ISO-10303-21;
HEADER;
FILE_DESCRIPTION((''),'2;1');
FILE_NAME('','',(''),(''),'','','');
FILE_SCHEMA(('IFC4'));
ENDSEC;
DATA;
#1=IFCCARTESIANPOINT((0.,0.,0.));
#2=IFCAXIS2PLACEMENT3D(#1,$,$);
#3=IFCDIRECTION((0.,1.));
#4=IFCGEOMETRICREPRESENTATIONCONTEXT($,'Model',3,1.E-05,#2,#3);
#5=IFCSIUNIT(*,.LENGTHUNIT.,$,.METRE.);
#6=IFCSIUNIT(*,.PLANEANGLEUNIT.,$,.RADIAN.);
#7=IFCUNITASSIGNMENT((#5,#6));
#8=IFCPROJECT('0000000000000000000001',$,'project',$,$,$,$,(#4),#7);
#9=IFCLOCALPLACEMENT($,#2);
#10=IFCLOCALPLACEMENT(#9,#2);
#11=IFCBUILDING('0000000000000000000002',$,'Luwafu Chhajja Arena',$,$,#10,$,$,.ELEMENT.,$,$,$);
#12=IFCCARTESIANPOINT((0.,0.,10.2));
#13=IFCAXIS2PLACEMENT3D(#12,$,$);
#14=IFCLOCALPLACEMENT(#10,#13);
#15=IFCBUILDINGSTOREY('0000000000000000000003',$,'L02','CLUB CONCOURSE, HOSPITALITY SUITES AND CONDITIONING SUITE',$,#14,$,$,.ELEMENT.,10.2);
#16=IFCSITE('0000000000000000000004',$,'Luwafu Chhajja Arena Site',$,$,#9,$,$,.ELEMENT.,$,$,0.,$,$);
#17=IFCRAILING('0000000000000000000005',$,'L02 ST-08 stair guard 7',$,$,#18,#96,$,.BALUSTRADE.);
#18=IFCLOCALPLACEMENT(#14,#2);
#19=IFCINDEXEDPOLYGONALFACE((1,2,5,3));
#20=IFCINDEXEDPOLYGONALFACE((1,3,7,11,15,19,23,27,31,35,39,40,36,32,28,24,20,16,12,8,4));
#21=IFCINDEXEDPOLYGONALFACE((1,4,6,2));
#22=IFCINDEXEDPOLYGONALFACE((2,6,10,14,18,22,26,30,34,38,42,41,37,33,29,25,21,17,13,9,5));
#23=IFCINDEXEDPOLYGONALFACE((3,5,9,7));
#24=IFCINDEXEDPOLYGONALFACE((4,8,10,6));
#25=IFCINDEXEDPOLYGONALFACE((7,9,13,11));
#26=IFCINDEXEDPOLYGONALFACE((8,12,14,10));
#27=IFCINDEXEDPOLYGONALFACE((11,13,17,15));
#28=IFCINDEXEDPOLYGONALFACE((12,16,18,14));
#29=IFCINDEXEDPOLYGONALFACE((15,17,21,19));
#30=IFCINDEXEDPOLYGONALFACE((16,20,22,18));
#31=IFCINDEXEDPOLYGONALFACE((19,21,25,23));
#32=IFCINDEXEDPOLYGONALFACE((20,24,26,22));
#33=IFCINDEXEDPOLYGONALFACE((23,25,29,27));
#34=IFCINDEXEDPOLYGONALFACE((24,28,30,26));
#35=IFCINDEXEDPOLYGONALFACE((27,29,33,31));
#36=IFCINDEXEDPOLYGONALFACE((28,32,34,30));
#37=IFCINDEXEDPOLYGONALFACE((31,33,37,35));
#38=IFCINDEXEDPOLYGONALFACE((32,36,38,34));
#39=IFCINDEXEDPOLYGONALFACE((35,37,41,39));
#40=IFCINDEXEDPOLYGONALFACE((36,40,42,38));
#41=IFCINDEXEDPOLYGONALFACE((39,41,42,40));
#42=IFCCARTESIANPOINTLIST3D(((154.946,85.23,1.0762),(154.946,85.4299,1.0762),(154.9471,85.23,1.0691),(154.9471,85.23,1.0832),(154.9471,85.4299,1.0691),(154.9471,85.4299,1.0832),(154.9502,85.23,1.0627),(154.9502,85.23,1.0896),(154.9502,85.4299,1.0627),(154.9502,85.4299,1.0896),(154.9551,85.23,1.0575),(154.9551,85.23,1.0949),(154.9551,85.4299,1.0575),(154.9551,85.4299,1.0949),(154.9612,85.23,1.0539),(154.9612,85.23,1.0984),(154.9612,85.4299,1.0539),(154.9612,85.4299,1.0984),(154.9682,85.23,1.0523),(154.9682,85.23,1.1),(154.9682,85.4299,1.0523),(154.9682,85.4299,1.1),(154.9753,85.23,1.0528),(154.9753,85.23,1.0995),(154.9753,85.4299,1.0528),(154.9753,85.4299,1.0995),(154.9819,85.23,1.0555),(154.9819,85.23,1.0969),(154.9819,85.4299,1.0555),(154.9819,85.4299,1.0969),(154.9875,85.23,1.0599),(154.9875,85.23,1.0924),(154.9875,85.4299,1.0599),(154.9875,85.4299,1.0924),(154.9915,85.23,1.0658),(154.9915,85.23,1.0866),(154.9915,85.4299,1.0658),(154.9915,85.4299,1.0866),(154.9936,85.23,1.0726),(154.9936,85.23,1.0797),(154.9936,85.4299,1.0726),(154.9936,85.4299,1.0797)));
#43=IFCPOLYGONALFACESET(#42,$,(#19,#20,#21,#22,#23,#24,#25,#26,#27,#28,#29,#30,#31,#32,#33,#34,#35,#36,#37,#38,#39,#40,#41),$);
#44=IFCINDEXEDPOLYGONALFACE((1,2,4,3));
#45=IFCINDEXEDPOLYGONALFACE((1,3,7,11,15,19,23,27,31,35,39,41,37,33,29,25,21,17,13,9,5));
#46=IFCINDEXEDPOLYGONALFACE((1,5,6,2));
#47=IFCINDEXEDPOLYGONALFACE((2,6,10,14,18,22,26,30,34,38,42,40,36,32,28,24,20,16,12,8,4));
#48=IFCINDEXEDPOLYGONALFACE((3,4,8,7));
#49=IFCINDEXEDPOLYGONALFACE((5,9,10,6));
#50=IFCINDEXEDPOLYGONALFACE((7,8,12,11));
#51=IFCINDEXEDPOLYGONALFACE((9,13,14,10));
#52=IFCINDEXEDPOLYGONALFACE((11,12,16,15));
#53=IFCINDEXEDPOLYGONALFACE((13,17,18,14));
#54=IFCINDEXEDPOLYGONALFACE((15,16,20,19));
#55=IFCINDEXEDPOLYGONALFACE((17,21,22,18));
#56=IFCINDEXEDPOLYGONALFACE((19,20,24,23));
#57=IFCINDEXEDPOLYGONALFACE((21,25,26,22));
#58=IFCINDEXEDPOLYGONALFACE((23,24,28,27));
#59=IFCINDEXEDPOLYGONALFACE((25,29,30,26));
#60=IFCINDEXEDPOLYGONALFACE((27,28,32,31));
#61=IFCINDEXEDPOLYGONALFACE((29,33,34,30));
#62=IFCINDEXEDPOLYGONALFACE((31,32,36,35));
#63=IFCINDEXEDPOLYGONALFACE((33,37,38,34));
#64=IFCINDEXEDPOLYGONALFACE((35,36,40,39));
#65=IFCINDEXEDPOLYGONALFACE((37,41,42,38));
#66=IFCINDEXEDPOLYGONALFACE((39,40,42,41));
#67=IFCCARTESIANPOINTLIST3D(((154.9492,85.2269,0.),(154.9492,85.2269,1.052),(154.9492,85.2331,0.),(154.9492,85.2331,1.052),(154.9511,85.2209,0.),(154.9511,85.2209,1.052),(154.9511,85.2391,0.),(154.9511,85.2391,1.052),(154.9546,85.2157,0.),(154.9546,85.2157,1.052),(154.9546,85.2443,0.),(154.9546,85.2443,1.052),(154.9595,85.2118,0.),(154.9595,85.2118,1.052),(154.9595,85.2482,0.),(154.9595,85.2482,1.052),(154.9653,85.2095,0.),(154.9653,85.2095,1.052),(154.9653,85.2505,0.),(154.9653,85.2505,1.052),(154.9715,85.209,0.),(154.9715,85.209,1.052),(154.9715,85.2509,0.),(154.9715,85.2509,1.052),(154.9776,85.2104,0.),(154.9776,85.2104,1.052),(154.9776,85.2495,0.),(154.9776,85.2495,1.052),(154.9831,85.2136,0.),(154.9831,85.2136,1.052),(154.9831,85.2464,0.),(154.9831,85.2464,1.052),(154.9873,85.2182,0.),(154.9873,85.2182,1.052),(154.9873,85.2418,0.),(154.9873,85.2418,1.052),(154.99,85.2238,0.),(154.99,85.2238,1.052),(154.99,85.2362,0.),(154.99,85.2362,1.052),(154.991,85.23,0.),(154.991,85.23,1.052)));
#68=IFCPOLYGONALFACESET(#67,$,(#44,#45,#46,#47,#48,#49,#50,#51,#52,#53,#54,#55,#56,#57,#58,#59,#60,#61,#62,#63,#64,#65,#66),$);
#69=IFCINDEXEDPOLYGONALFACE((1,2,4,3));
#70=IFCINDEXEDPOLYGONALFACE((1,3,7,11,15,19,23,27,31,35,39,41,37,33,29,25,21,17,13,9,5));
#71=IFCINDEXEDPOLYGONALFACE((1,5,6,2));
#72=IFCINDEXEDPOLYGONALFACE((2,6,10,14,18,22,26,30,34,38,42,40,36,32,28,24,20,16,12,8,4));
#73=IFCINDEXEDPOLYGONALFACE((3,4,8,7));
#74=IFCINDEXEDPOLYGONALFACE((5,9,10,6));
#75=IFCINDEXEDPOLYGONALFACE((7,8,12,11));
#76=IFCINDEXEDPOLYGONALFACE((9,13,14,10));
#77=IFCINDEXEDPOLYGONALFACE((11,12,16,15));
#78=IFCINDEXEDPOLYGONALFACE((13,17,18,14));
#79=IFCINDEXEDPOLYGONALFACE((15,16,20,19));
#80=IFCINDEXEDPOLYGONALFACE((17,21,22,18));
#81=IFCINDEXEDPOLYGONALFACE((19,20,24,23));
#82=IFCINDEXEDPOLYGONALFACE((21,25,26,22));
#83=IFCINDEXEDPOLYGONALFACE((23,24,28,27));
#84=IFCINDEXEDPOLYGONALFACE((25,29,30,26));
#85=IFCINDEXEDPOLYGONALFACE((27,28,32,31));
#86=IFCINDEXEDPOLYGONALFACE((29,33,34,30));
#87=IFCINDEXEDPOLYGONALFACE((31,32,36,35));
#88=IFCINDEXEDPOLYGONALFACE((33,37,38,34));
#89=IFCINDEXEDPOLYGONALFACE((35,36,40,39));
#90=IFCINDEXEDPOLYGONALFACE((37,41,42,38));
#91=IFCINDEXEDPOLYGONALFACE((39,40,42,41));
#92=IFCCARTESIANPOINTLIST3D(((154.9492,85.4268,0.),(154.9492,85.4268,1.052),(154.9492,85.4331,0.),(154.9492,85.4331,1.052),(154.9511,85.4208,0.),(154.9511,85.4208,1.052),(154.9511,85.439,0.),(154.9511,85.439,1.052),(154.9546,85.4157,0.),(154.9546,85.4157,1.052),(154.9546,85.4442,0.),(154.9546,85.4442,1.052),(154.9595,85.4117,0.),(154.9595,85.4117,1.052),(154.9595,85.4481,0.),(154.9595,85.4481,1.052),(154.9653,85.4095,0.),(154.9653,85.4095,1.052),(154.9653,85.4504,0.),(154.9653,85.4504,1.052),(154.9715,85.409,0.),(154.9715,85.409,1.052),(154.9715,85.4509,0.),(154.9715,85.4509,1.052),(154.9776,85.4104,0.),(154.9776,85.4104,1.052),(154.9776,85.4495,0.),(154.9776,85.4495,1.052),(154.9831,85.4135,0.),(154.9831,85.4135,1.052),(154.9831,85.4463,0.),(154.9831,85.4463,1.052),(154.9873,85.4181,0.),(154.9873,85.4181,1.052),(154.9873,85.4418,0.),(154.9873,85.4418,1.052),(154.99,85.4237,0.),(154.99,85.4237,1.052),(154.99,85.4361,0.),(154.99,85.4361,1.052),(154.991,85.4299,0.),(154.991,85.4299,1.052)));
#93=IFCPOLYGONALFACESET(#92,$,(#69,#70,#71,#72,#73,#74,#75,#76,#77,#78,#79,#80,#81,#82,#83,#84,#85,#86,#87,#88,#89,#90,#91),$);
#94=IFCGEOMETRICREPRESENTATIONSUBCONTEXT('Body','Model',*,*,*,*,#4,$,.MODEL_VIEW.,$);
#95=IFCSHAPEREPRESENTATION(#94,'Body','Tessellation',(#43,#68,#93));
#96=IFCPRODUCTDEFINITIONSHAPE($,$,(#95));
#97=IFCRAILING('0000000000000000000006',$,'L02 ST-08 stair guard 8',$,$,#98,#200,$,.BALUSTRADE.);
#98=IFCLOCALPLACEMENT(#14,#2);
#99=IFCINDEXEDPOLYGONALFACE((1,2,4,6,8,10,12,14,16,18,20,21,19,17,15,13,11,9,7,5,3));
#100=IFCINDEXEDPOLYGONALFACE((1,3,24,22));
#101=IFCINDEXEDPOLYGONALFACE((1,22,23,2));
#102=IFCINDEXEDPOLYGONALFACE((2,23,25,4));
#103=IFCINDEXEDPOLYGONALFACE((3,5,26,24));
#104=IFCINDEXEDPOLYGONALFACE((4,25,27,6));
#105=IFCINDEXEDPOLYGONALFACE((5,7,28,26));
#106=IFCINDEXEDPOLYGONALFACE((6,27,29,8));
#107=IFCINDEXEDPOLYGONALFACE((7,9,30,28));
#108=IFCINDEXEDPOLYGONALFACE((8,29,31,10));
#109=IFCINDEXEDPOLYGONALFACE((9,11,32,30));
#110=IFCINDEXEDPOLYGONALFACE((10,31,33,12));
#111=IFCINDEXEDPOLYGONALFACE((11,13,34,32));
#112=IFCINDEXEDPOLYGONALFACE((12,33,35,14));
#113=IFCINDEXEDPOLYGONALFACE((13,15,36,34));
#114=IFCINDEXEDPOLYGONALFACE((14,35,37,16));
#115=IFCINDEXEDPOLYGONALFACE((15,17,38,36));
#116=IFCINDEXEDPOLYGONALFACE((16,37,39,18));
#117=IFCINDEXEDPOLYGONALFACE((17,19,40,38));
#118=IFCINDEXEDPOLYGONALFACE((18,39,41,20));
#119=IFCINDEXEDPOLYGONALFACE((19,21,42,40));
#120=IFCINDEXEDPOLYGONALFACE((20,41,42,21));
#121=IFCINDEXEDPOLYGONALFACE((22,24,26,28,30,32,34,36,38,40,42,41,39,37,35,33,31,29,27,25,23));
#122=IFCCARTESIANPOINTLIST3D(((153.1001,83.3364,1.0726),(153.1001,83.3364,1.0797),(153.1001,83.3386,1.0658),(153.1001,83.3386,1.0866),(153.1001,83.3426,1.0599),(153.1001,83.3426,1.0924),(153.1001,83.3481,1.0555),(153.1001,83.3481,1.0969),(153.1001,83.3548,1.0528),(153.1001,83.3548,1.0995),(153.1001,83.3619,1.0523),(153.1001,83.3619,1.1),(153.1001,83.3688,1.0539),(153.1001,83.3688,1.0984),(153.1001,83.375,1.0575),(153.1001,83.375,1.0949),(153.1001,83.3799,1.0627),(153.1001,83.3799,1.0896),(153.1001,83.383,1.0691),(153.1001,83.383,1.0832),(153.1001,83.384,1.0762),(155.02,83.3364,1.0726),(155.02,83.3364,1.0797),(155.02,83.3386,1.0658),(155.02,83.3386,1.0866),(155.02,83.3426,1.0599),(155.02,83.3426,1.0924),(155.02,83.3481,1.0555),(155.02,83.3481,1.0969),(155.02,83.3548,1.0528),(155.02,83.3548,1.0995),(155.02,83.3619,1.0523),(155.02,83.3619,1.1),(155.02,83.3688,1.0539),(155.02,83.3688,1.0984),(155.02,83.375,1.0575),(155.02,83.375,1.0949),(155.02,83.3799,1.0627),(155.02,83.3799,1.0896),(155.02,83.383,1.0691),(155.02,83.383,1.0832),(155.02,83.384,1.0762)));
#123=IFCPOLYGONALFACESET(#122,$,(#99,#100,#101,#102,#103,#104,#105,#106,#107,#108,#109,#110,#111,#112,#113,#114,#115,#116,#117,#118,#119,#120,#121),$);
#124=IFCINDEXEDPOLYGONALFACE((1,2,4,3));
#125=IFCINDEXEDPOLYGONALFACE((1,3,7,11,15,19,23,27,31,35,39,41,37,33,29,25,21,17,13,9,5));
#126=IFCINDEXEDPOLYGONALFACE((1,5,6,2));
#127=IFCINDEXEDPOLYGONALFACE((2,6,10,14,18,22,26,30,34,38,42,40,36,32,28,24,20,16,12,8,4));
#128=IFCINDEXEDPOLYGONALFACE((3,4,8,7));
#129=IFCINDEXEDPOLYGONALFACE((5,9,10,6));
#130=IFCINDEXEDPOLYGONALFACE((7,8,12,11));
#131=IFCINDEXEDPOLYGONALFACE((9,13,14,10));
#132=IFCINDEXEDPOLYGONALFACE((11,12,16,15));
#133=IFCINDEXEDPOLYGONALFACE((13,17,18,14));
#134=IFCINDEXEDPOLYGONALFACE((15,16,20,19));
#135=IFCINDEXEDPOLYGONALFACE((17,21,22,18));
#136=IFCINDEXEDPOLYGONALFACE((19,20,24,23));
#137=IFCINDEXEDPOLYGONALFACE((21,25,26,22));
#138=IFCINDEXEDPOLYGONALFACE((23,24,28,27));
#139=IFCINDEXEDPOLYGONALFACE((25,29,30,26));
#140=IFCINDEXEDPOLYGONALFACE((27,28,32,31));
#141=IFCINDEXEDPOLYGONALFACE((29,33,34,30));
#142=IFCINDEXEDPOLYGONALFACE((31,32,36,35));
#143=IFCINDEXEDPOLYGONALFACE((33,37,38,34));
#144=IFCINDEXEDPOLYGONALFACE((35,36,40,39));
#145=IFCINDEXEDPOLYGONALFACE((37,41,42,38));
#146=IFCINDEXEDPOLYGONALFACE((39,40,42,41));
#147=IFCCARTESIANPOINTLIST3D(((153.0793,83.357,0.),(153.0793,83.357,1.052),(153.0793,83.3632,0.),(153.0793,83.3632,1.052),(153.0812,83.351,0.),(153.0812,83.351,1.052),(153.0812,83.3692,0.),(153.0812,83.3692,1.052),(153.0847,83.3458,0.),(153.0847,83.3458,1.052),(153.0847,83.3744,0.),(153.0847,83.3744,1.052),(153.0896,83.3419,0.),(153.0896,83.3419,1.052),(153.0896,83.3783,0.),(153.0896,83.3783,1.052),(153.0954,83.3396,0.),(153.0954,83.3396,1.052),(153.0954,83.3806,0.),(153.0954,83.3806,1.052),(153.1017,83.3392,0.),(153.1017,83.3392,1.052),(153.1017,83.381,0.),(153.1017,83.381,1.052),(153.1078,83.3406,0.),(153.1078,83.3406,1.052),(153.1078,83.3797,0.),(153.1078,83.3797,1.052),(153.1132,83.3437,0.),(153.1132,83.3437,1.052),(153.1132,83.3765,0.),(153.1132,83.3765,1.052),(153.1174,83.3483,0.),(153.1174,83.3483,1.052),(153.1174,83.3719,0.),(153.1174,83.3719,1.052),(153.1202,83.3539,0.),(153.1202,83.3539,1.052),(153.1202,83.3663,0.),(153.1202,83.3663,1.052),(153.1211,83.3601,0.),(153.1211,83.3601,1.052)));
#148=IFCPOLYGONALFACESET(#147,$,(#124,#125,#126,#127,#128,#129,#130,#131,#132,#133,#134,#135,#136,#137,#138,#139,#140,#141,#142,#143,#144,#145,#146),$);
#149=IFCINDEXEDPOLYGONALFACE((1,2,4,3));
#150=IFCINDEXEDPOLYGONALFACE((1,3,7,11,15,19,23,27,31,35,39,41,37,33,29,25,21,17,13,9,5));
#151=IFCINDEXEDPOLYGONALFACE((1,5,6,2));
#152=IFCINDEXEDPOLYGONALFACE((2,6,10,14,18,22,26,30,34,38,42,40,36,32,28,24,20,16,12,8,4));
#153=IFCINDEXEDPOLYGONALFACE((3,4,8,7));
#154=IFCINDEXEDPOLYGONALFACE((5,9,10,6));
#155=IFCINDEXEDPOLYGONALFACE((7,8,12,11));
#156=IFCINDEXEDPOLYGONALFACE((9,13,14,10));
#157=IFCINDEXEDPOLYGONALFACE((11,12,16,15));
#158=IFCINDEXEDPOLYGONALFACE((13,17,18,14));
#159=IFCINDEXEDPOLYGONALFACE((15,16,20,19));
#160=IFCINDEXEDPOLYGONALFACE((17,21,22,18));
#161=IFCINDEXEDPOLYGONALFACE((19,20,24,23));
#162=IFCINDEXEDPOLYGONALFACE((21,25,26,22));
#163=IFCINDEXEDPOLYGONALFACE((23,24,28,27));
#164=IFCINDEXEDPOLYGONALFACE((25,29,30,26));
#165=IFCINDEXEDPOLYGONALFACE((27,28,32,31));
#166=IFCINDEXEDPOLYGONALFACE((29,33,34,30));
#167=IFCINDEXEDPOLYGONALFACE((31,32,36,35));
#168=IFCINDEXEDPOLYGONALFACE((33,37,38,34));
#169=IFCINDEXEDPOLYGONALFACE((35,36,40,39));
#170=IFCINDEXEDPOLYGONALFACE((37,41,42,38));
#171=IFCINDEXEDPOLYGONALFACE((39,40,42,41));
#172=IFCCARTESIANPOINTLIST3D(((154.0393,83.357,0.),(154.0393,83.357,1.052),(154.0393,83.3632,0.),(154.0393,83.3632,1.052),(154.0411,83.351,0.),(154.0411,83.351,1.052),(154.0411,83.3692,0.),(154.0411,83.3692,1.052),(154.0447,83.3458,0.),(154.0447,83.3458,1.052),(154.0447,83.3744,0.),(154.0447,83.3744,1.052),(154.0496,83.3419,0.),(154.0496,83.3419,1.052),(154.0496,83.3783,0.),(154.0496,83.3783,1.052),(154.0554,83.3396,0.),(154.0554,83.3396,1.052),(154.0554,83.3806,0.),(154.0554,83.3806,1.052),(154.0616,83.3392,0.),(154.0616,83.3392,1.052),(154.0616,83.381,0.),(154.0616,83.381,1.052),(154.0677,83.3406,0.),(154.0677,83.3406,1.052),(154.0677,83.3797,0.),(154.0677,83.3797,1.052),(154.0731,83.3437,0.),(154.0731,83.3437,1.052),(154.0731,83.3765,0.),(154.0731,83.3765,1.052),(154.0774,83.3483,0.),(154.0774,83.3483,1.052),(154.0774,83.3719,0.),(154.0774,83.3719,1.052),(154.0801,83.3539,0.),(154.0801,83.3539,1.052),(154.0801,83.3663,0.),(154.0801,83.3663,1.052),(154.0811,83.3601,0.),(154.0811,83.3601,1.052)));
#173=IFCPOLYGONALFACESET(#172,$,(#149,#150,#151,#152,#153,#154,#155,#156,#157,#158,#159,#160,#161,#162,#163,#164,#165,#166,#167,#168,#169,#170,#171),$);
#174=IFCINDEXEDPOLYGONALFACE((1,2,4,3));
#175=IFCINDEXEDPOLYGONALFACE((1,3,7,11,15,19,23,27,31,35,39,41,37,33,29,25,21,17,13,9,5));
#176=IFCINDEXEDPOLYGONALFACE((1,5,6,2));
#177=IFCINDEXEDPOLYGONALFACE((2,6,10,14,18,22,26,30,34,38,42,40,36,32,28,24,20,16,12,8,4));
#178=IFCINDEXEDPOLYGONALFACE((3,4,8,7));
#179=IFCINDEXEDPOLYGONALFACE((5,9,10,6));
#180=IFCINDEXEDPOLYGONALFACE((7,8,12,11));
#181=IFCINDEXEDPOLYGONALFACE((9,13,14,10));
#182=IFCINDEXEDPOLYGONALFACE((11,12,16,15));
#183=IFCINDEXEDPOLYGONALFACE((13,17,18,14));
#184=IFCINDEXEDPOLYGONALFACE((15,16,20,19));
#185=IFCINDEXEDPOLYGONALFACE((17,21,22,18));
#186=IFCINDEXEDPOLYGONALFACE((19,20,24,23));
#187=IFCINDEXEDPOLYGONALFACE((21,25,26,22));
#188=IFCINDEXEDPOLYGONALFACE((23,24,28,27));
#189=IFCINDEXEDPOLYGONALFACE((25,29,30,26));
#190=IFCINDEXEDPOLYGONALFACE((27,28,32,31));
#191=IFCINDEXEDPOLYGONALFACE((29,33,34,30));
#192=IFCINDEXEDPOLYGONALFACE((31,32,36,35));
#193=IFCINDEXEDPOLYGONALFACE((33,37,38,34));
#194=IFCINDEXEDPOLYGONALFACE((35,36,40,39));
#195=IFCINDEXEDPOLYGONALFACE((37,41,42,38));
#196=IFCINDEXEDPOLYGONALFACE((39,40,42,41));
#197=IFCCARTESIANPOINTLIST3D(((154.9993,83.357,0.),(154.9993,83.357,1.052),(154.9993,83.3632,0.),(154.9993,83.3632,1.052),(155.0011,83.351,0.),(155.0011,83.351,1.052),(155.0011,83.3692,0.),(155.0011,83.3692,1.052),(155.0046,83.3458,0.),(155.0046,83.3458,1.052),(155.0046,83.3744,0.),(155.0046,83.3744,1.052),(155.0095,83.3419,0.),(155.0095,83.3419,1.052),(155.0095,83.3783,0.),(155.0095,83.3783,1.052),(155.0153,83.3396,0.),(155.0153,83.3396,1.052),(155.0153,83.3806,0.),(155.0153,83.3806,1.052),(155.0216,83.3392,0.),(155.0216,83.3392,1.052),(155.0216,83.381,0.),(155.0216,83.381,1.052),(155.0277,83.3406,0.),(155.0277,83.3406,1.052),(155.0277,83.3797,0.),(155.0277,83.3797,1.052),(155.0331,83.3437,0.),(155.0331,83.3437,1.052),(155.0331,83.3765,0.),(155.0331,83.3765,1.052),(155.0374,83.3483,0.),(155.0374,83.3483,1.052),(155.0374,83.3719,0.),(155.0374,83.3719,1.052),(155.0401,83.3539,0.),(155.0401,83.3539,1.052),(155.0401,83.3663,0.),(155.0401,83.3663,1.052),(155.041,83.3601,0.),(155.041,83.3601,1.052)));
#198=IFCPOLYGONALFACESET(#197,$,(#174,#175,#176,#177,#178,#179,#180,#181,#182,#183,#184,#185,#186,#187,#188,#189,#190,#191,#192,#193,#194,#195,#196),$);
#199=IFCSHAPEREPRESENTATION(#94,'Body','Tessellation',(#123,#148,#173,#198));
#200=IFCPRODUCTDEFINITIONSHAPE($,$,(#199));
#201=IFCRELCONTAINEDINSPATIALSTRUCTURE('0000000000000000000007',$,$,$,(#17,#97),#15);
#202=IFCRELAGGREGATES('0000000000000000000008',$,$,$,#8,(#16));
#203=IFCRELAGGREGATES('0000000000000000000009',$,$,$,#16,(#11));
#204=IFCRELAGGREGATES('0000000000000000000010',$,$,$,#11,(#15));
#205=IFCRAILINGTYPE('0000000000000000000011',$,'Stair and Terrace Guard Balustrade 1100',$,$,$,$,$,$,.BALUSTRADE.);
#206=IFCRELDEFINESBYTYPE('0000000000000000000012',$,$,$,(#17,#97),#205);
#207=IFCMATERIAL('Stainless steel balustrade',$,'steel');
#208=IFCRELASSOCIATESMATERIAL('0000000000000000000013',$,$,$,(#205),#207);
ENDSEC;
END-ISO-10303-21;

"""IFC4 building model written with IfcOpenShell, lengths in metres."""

from ifc_helpers import new_model, si_unit, direction, frame, origin, origin_2d, place, context, subcontext, project, spatial, circle, extrude, material, type_object, element, save


model = new_model("IFC4")

# Units and contexts
model_context = context("Model", 3, precision=1e-05, world=origin(), true_north=direction((0.0, 1.0)))
body_context = subcontext(model_context, "Body", "Model", "MODEL_VIEW")
ifc_project = project(units=[si_unit("LENGTHUNIT", "METRE"), si_unit("PLANEANGLEUNIT", "RADIAN")], contexts=[model_context])

# Site, building, storey
site_placement = place(None, origin())
site = spatial("IfcSite", under=ifc_project, at=site_placement, Name="Luwafu Chhajja Arena Site", CompositionType="ELEMENT", RefElevation=0.0)
building_placement = place(site_placement, origin())
building = spatial("IfcBuilding", under=site, at=building_placement, Name="Luwafu Chhajja Arena", CompositionType="ELEMENT")
storey_placement = place(building_placement, frame((0.0, 0.0, 10.2)))
storey = spatial("IfcBuildingStorey", under=building, at=storey_placement, Name="L02", Description="CLUB CONCOURSE, HOSPITALITY SUITES AND CONDITIONING SUITE", CompositionType="ELEMENT", Elevation=10.2)

# Railings
ifc_material_1 = material(Name="Stainless steel balustrade", Category="steel")
railing_type_1 = type_object("IfcRailingType", Name="Stair and Terrace Guard Balustrade 1100", PredefinedType="BALUSTRADE", material=ifc_material_1)
railing_1_placement = place(storey_placement, frame((154.97, 85.23, 0.0)))
element("IfcRailing", 1, at=railing_1_placement, inside=storey, type_object=railing_type_1, Name="L02 ST-08 stair guard 7", PredefinedType="BALUSTRADE", context=body_context, shape_type="SweptSolid", body=[
    extrude(circle(Radius=0.0239, at=origin_2d()), frame((0.0, 0.0, 1.0762), z_axis=(0.0, 1.0, 0.0), x_axis=(-1.0, 0.0, 0.0)), (0.0, 0.0, 1.0), 0.2),
    extrude(circle(Radius=0.021, at=origin_2d()), origin(), (0.0, 0.0, 1.0), 1.052),
    extrude(circle(Radius=0.021, at=origin_2d()), frame((0.0, 0.2, 0.0)), (0.0, 0.0, 1.0), 1.052),
])
for number, where, name in (
    (2, (153.1001, 83.3601, 0.0), "L02 ST-08 stair guard 8"),
):
    element("IfcRailing", number, at=place(storey_placement, frame(where)), inside=storey, type_object=railing_type_1, Name=name, PredefinedType="BALUSTRADE", context=body_context, shape_type="SweptSolid", body=[
        extrude(circle(Radius=0.0239, at=origin_2d()), frame((0.0, 0.0, 1.0762), z_axis=(1.0, 0.0, 0.0), x_axis=(0.0, 1.0, 0.0)), (0.0, 0.0, 1.0), 1.9199),
        extrude(circle(Radius=0.021, at=origin_2d()), origin(), (0.0, 0.0, 1.0), 1.052),
        extrude(circle(Radius=0.021, at=origin_2d()), frame((0.96, 0.0, 0.0)), (0.0, 0.0, 1.0), 1.052),
        extrude(circle(Radius=0.021, at=origin_2d()), frame((1.9199, 0.0, 0.0)), (0.0, 0.0, 1.0), 1.052),
    ])

save(model, "model.ifc")
